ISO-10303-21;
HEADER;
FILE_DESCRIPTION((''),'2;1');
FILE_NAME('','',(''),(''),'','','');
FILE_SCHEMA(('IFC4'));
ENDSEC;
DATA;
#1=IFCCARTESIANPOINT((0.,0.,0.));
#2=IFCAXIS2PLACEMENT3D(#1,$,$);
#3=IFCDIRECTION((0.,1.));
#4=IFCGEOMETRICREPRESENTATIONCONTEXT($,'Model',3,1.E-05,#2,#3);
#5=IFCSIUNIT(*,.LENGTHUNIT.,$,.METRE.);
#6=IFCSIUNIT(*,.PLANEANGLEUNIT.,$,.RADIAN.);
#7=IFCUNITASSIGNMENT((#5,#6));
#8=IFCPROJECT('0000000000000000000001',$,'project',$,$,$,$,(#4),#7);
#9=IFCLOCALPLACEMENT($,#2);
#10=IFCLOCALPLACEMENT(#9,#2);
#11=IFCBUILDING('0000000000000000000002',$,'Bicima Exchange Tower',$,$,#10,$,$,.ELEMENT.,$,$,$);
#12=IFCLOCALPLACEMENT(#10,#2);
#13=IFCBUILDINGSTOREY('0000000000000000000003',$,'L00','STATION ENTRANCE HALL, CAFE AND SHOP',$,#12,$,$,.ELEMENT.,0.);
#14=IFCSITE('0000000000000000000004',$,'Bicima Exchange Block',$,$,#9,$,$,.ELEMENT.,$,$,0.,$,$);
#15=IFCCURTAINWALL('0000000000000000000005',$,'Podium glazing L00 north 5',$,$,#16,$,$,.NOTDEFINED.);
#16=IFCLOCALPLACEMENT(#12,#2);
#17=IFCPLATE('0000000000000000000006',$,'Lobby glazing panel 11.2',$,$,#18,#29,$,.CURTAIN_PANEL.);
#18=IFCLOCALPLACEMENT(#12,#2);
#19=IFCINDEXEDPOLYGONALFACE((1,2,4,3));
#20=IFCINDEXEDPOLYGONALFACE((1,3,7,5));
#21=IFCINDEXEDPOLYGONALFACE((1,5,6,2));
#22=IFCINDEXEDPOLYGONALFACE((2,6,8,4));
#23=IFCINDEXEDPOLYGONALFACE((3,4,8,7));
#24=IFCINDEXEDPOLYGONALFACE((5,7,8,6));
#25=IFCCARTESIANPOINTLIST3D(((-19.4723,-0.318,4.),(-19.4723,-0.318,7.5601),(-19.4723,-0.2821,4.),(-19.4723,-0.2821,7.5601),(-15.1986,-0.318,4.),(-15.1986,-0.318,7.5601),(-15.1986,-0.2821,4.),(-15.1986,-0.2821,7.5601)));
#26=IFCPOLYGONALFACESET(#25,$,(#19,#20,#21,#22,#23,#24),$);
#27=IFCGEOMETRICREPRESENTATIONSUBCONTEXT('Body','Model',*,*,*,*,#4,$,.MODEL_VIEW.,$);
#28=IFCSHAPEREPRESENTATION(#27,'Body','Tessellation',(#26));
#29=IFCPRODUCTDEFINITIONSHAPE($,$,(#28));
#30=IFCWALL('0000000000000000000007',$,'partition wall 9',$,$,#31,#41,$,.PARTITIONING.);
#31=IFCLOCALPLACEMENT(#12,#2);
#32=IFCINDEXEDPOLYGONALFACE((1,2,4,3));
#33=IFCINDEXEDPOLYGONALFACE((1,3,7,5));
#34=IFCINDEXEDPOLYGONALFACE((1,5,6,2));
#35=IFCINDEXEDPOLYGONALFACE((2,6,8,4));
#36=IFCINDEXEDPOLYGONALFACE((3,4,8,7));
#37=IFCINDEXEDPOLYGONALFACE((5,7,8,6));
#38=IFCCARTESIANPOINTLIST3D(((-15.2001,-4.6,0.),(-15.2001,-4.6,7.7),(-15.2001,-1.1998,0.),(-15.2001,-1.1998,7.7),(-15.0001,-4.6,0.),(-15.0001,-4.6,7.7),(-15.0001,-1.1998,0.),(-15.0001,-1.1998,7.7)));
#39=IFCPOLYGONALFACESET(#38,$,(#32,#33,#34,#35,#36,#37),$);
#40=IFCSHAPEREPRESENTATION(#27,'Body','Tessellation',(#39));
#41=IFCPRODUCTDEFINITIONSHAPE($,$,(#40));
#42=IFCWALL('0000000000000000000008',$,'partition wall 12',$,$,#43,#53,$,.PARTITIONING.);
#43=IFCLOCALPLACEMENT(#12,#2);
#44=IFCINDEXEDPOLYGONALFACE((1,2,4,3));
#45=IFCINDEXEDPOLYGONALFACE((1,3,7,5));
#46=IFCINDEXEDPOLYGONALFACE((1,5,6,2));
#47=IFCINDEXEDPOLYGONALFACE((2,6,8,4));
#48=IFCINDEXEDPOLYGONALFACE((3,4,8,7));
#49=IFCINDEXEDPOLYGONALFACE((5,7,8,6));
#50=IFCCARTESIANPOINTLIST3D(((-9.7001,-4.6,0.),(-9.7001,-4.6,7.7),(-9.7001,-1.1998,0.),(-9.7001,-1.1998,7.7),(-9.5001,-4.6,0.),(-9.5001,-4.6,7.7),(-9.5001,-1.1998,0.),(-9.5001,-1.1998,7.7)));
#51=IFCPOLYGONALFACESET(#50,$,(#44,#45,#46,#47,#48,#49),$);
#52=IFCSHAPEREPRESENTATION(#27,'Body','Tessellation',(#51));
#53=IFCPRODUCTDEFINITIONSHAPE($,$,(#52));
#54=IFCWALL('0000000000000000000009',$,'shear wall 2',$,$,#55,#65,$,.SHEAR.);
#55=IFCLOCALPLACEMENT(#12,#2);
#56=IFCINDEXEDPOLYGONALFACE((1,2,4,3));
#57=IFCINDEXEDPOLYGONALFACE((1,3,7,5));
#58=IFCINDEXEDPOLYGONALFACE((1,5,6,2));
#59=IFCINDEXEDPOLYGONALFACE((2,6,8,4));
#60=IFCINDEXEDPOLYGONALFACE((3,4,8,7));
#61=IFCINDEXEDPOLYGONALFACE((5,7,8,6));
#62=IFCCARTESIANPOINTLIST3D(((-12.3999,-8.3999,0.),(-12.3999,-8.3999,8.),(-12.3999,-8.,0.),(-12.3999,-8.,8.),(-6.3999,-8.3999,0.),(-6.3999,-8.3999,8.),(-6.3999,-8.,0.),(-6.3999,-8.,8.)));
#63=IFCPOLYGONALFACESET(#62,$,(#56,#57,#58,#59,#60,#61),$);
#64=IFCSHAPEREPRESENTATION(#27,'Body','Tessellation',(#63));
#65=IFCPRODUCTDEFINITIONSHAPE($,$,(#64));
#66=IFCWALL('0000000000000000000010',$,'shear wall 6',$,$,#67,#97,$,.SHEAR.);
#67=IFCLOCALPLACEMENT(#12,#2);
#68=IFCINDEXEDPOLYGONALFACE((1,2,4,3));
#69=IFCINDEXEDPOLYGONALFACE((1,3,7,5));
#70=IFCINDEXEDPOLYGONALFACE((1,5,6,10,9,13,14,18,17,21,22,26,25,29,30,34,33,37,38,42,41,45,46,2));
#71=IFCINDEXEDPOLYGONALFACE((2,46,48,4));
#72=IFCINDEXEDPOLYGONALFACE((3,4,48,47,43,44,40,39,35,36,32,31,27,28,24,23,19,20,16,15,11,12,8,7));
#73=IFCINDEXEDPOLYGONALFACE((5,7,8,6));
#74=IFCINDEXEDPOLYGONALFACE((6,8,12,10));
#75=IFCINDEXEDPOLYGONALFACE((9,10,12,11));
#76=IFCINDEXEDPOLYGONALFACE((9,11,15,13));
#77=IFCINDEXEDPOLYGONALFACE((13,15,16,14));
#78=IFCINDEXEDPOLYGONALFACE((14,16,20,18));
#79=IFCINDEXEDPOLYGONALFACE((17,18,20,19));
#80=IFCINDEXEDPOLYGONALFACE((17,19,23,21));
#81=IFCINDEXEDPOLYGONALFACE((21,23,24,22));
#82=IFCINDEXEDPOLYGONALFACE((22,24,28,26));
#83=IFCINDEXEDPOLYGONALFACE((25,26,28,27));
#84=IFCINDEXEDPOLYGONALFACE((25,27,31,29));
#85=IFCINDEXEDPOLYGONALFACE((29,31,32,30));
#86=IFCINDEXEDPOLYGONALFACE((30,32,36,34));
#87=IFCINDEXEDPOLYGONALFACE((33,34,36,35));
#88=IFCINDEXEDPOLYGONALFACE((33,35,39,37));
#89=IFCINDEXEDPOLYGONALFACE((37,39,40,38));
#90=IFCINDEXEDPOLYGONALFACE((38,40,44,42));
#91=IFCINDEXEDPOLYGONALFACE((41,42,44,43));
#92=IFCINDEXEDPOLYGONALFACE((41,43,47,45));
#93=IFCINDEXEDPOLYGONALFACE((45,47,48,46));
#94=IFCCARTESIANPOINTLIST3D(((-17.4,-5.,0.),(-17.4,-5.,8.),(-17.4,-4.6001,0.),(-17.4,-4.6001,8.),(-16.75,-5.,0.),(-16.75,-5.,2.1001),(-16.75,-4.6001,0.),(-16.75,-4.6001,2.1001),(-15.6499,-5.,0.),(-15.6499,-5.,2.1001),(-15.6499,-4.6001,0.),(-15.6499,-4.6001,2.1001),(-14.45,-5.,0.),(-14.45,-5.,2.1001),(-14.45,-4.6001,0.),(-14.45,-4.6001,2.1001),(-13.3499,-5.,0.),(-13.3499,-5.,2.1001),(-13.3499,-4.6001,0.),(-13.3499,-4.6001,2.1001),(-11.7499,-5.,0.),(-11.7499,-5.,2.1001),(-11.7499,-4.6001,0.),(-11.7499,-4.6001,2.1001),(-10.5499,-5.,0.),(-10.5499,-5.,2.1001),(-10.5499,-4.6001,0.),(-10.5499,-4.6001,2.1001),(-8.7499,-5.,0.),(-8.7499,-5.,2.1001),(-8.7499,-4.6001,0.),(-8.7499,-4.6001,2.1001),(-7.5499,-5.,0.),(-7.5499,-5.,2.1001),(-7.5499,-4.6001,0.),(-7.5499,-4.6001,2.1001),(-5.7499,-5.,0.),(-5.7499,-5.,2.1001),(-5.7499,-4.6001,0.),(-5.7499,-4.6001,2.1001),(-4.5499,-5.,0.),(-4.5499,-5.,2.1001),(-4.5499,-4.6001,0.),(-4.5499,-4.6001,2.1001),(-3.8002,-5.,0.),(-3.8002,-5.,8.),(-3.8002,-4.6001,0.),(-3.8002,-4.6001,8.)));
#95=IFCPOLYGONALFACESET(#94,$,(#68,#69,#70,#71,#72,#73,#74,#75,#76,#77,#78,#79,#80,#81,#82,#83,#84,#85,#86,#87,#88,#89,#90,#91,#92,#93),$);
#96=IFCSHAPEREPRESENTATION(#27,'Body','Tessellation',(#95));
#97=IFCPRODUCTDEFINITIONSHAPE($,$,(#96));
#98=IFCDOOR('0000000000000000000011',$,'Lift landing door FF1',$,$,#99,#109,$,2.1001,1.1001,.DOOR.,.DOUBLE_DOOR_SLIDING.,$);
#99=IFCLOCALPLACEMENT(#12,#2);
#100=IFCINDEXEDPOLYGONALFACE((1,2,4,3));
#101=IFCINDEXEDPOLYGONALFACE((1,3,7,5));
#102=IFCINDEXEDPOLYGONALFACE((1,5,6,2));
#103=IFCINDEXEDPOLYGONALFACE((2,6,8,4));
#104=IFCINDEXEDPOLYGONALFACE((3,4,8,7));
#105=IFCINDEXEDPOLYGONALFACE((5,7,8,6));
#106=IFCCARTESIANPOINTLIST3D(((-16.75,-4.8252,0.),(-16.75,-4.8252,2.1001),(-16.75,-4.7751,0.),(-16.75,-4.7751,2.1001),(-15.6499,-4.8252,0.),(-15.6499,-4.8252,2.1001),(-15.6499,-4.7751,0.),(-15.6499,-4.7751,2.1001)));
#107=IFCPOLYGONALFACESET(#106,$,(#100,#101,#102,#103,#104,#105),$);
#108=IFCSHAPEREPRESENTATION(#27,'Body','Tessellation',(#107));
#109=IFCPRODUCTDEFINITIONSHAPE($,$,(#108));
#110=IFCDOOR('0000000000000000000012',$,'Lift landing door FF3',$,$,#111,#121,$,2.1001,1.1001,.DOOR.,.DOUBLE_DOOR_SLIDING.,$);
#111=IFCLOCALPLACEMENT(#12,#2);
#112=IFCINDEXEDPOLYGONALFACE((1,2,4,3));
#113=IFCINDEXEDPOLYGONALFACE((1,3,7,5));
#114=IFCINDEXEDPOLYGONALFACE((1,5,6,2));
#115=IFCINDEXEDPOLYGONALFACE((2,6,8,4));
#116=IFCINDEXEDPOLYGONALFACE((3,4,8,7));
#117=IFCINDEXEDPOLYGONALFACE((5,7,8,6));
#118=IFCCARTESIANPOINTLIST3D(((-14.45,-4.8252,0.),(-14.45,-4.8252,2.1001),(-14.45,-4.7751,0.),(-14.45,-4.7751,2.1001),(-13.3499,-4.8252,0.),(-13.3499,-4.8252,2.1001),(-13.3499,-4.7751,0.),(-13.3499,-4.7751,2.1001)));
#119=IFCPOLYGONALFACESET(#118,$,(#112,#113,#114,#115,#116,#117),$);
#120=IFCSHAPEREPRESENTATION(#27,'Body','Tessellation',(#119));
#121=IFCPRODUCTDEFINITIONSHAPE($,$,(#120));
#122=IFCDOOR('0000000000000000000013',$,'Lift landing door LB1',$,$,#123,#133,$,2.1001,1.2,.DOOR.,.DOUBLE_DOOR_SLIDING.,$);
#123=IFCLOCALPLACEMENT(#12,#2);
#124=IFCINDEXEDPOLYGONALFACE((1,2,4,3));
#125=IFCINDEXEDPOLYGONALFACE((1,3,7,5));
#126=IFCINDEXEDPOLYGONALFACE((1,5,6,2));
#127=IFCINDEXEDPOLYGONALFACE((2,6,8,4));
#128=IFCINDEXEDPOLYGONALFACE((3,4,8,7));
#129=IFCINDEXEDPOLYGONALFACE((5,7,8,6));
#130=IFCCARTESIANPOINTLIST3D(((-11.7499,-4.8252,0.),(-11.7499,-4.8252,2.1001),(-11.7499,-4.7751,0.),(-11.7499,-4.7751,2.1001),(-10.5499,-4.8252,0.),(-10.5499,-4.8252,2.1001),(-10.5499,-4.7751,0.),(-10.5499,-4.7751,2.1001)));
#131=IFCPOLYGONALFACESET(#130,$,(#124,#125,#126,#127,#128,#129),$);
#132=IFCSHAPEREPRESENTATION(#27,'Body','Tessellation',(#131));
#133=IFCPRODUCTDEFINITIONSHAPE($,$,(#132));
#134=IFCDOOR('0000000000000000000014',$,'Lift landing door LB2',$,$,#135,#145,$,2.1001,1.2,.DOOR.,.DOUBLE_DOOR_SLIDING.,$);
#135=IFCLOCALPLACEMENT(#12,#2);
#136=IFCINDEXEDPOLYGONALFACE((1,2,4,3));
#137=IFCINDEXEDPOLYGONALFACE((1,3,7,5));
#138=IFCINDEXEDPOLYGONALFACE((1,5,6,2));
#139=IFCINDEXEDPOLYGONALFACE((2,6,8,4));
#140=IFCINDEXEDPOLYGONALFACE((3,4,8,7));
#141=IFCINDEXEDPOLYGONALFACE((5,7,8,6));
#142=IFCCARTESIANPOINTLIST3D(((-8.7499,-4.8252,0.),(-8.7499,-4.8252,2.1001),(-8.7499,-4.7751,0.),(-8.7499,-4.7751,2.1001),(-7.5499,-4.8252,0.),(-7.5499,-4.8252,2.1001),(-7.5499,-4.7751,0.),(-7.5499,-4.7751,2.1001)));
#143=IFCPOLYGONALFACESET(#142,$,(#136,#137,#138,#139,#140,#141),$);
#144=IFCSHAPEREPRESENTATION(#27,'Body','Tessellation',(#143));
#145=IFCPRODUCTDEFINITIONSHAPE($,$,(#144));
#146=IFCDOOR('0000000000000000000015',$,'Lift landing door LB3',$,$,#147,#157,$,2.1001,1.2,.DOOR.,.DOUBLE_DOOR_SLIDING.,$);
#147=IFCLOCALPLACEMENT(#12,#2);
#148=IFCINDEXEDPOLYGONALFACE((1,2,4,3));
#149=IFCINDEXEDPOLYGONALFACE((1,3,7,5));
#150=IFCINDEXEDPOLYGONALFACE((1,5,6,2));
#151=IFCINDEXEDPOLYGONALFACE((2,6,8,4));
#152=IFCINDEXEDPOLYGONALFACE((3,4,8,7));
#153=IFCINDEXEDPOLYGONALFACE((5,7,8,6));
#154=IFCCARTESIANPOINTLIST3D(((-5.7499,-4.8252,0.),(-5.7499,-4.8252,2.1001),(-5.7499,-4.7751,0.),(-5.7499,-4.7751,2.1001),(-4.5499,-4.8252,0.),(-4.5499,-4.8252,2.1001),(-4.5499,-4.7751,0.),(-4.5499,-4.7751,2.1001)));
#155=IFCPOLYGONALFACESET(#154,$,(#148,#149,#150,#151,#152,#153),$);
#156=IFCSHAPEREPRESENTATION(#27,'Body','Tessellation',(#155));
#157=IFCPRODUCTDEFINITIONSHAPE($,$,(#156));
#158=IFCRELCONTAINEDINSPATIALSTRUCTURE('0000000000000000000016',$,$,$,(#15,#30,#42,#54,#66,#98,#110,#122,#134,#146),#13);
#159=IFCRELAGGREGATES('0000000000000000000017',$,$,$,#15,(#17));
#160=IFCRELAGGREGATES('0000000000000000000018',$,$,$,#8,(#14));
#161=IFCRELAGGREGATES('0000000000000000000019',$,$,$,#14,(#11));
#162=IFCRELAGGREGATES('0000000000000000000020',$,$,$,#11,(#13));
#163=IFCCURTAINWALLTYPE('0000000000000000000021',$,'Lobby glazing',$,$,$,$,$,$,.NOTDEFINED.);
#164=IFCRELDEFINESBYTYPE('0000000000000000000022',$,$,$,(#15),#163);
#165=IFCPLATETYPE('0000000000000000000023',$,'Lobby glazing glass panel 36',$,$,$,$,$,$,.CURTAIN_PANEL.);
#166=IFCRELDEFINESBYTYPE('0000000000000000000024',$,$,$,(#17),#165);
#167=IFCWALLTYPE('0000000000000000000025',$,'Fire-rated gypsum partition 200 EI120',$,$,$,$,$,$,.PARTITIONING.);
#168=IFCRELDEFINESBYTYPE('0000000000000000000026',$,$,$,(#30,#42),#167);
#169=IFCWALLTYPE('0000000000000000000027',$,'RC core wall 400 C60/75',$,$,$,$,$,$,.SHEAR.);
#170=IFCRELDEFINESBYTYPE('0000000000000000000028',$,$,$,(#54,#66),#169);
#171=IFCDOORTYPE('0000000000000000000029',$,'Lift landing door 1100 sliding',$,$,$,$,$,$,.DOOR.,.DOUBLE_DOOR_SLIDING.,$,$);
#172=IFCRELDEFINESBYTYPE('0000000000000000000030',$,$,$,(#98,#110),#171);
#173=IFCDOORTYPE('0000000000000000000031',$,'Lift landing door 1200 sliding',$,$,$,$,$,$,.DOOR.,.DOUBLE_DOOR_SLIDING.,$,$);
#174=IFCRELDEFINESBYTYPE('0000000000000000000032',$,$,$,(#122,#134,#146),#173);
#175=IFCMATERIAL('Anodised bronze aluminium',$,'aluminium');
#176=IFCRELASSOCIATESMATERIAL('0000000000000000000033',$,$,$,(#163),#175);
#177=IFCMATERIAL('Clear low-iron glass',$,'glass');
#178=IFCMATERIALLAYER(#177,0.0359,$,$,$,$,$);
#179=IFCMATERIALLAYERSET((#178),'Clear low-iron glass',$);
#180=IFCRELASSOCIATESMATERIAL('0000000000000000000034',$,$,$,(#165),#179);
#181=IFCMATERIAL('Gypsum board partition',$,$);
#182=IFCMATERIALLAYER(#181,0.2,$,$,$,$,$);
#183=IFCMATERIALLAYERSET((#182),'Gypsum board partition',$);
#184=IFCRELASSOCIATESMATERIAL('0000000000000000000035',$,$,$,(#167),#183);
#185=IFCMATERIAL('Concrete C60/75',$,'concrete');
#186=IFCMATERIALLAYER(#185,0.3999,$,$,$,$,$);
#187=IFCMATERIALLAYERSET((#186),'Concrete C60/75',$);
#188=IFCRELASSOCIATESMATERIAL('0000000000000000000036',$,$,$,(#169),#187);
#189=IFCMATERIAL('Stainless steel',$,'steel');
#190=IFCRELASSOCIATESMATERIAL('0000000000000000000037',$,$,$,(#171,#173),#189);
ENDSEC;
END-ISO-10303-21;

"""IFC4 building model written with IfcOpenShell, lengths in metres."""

from ifc_helpers import new_model, si_unit, direction, frame, frame_2d, origin, origin_2d, place, context, subcontext, project, spatial, rectangle, extrude, material, layer, layer_set, type_object, element, fill, aggregate, save


model = new_model("IFC4")

# Units and contexts
model_context = context("Model", 3, precision=1e-05, world=origin(), true_north=direction((0.0, 1.0)))
body_context = subcontext(model_context, "Body", "Model", "MODEL_VIEW")
ifc_project = project(units=[si_unit("LENGTHUNIT", "METRE"), si_unit("PLANEANGLEUNIT", "RADIAN")], contexts=[model_context])

# Site, building, storey
site_placement = place(None, origin())
site = spatial("IfcSite", under=ifc_project, at=site_placement, Name="Bicima Exchange Block", CompositionType="ELEMENT", RefElevation=0.0)
building_placement = place(site_placement, origin())
building = spatial("IfcBuilding", under=site, at=building_placement, Name="Bicima Exchange Tower", CompositionType="ELEMENT")
storey_placement = place(building_placement, origin())
storey = spatial("IfcBuildingStorey", under=building, at=storey_placement, Name="L00", Description="STATION ENTRANCE HALL, CAFE AND SHOP", CompositionType="ELEMENT", Elevation=0.0)

# Shared definitions
ifc_material_1 = material(Name="Concrete C60/75", Category="concrete")

# Curtain wall, plate
ifc_material_2 = material(Name="Anodised bronze aluminium", Category="aluminium")
curtain_wall_type = type_object("IfcCurtainWallType", Name="Lobby glazing", PredefinedType="NOTDEFINED", material=ifc_material_2)
curtain_wall_placement = place(storey_placement, origin())
curtain_wall = element("IfcCurtainWall", 1, at=curtain_wall_placement, inside=storey, type_object=curtain_wall_type, Name="Podium glazing L00 north 5", PredefinedType="NOTDEFINED")
ifc_material_3 = material(Name="Clear low-iron glass", Category="glass")
ifc_layer_1 = layer(ifc_material_3, 0.0359)
ifc_layer_set_1 = layer_set([ifc_layer_1], Name="Clear low-iron glass")
plate_type = type_object("IfcPlateType", Name="Lobby glazing glass panel 36", PredefinedType="CURTAIN_PANEL", material=ifc_layer_set_1)
plate_1_placement = place(storey_placement, frame((-17.3354, -0.3, 4.0), z_axis=(0.0, 0.0, 1.0), x_axis=(-1.0, 0.0, 0.0)))
plate_1 = element("IfcPlate", 2, at=plate_1_placement, type_object=plate_type, Name="Lobby glazing panel 11.2", PredefinedType="CURTAIN_PANEL", context=body_context, shape_type="SweptSolid", body=[
    extrude(rectangle(XDim=4.2737, YDim=0.0359, at=origin_2d()), origin(), (0.0, 0.0, 1.0), 3.5601),
])
aggregate(curtain_wall, [plate_1])

# Walls
ifc_material_4 = material(Name="Gypsum board partition")
ifc_layer_2 = layer(ifc_material_4, 0.2)
ifc_layer_set_2 = layer_set([ifc_layer_2], Name="Gypsum board partition")
wall_type_1 = type_object("IfcWallType", Name="Fire-rated gypsum partition 200 EI120", PredefinedType="PARTITIONING", material=ifc_layer_set_2)
for number, where, z_axis, x_axis, name in (
    (3, (-15.1001, -4.6001, 0.0), (0.0, 0.0, 1.0), (0.0, 1.0, 0.0), "partition wall 9"),
    (4, (-9.6001, -4.6001, 0.0), (0.0, 0.0, 1.0), (0.0, 1.0, 0.0), "partition wall 12"),
):
    element("IfcWall", number, at=place(storey_placement, frame(where, z_axis=z_axis, x_axis=x_axis)), inside=storey, type_object=wall_type_1, Name=name, PredefinedType="PARTITIONING", context=body_context, shape_type="SweptSolid", body=[
        extrude(rectangle(XDim=3.4001, YDim=0.2, at=frame_2d((1.7002, 0.0))), origin(), (0.0, 0.0, 1.0), 7.7),
    ])
ifc_layer_3 = layer(ifc_material_1, 0.3999)
ifc_layer_set_3 = layer_set([ifc_layer_3], Name="Concrete C60/75")
wall_type_2 = type_object("IfcWallType", Name="RC core wall 400 C60/75", PredefinedType="SHEAR", material=ifc_layer_set_3)
wall_1_placement = place(storey_placement, frame((-12.3999, -8.2, 0.0), z_axis=(0.0, 0.0, 1.0), x_axis=(1.0, 0.0, 0.0)))
element("IfcWall", 5, at=wall_1_placement, inside=storey, type_object=wall_type_2, Name="shear wall 2", PredefinedType="SHEAR", context=body_context, shape_type="SweptSolid", body=[
    extrude(rectangle(XDim=6.0, YDim=0.3999, at=frame_2d((3.0, 0.0))), origin(), (0.0, 0.0, 1.0), 8.0),
])

# Wall, openings, doors
wall_2_placement = place(storey_placement, frame((-17.3999, -4.8, 0.0), z_axis=(0.0, 0.0, 1.0), x_axis=(1.0, 0.0, 0.0)))
wall_2 = element("IfcWall", 6, at=wall_2_placement, inside=storey, type_object=wall_type_2, Name="shear wall 6", PredefinedType="SHEAR", context=body_context, shape_type="SweptSolid", body=[
    extrude(rectangle(XDim=13.5999, YDim=0.3999, at=frame_2d((6.7998, 0.0))), origin(), (0.0, 0.0, 1.0), 8.0),
])
opening_1_placement = place(wall_2_placement, frame((0.6499, 0.0, 0.0)))
opening_1 = element("IfcOpeningElement", 7, at=opening_1_placement, cuts=wall_2, PredefinedType="OPENING", context=body_context, shape_type="SweptSolid", body=[
    extrude(rectangle(XDim=1.1001, YDim=2.1001, at=frame_2d((0.55, 1.05))), frame((0.0, 0.2119, 0.0), z_axis=(0.0, -1.0, 0.0), x_axis=(1.0, 0.0, 0.0)), (0.0, 0.0, 1.0), 0.4238),
])
opening_2_placement = place(wall_2_placement, frame((2.95, 0.0, 0.0)))
opening_2 = element("IfcOpeningElement", 8, at=opening_2_placement, cuts=wall_2, PredefinedType="OPENING", context=body_context, shape_type="SweptSolid", body=[
    extrude(rectangle(XDim=1.1001, YDim=2.1001, at=frame_2d((0.55, 1.05))), frame((0.0, 0.2119, 0.0), z_axis=(0.0, -1.0, 0.0), x_axis=(1.0, 0.0, 0.0)), (0.0, 0.0, 1.0), 0.4238),
])
opening_3_placement = place(wall_2_placement, frame((5.6499, 0.0, 0.0)))
opening_3 = element("IfcOpeningElement", 9, at=opening_3_placement, cuts=wall_2, PredefinedType="OPENING", context=body_context, shape_type="SweptSolid", body=[
    extrude(rectangle(XDim=1.2, YDim=2.1001, at=frame_2d((0.6001, 1.05))), frame((0.0, 0.2119, 0.0), z_axis=(0.0, -1.0, 0.0), x_axis=(1.0, 0.0, 0.0)), (0.0, 0.0, 1.0), 0.4238),
])
opening_4_placement = place(wall_2_placement, frame((8.6499, 0.0, 0.0)))
opening_4 = element("IfcOpeningElement", 10, at=opening_4_placement, cuts=wall_2, PredefinedType="OPENING", context=body_context, shape_type="SweptSolid", body=[
    extrude(rectangle(XDim=1.2, YDim=2.1001, at=frame_2d((0.6001, 1.05))), frame((0.0, 0.2119, 0.0), z_axis=(0.0, -1.0, 0.0), x_axis=(1.0, 0.0, 0.0)), (0.0, 0.0, 1.0), 0.4238),
])
opening_5_placement = place(wall_2_placement, frame((11.6499, 0.0, 0.0)))
opening_5 = element("IfcOpeningElement", 11, at=opening_5_placement, cuts=wall_2, PredefinedType="OPENING", context=body_context, shape_type="SweptSolid", body=[
    extrude(rectangle(XDim=1.2, YDim=2.1001, at=frame_2d((0.6001, 1.05))), frame((0.0, 0.2119, 0.0), z_axis=(0.0, -1.0, 0.0), x_axis=(1.0, 0.0, 0.0)), (0.0, 0.0, 1.0), 0.4238),
])
ifc_material_5 = material(Name="Stainless steel", Category="steel")
door_type_1 = type_object("IfcDoorType", Name="Lift landing door 1100 sliding", OperationType="DOUBLE_DOOR_SLIDING", PredefinedType="DOOR", material=ifc_material_5)
door_1_placement = place(opening_1_placement, origin())
door_1 = element("IfcDoor", 12, at=door_1_placement, inside=storey, type_object=door_type_1, Name="Lift landing door FF1", OperationType="DOUBLE_DOOR_SLIDING", OverallHeight=2.1001, OverallWidth=1.1001, PredefinedType="DOOR", context=body_context, shape_type="SweptSolid", body=[
    extrude(rectangle(XDim=1.1001, YDim=2.1001, at=frame_2d((0.55, 1.05))), frame((0.0, 0.0249, 0.0), z_axis=(0.0, -1.0, 0.0), x_axis=(1.0, 0.0, 0.0)), (0.0, 0.0, 1.0), 0.05),
])
fill(opening_1, door_1)
door_2_placement = place(opening_2_placement, origin())
door_2 = element("IfcDoor", 13, at=door_2_placement, inside=storey, type_object=door_type_1, Name="Lift landing door FF3", OperationType="DOUBLE_DOOR_SLIDING", OverallHeight=2.1001, OverallWidth=1.1001, PredefinedType="DOOR", context=body_context, shape_type="SweptSolid", body=[
    extrude(rectangle(XDim=1.1001, YDim=2.1001, at=frame_2d((0.55, 1.05))), frame((0.0, 0.0249, 0.0), z_axis=(0.0, -1.0, 0.0), x_axis=(1.0, 0.0, 0.0)), (0.0, 0.0, 1.0), 0.05),
])
fill(opening_2, door_2)
door_type_2 = type_object("IfcDoorType", Name="Lift landing door 1200 sliding", OperationType="DOUBLE_DOOR_SLIDING", PredefinedType="DOOR", material=ifc_material_5)
door_3_placement = place(opening_3_placement, origin())
door_3 = element("IfcDoor", 14, at=door_3_placement, inside=storey, type_object=door_type_2, Name="Lift landing door LB1", OperationType="DOUBLE_DOOR_SLIDING", OverallHeight=2.1001, OverallWidth=1.2, PredefinedType="DOOR", context=body_context, shape_type="SweptSolid", body=[
    extrude(rectangle(XDim=1.2, YDim=2.1001, at=frame_2d((0.6001, 1.05))), frame((0.0, 0.0249, 0.0), z_axis=(0.0, -1.0, 0.0), x_axis=(1.0, 0.0, 0.0)), (0.0, 0.0, 1.0), 0.05),
])
fill(opening_3, door_3)
door_4_placement = place(opening_4_placement, origin())
door_4 = element("IfcDoor", 15, at=door_4_placement, inside=storey, type_object=door_type_2, Name="Lift landing door LB2", OperationType="DOUBLE_DOOR_SLIDING", OverallHeight=2.1001, OverallWidth=1.2, PredefinedType="DOOR", context=body_context, shape_type="SweptSolid", body=[
    extrude(rectangle(XDim=1.2, YDim=2.1001, at=frame_2d((0.6001, 1.05))), frame((0.0, 0.0249, 0.0), z_axis=(0.0, -1.0, 0.0), x_axis=(1.0, 0.0, 0.0)), (0.0, 0.0, 1.0), 0.05),
])
fill(opening_4, door_4)
door_5_placement = place(opening_5_placement, origin())
door_5 = element("IfcDoor", 16, at=door_5_placement, inside=storey, type_object=door_type_2, Name="Lift landing door LB3", OperationType="DOUBLE_DOOR_SLIDING", OverallHeight=2.1001, OverallWidth=1.2, PredefinedType="DOOR", context=body_context, shape_type="SweptSolid", body=[
    extrude(rectangle(XDim=1.2, YDim=2.1001, at=frame_2d((0.6001, 1.05))), frame((0.0, 0.0249, 0.0), z_axis=(0.0, -1.0, 0.0), x_axis=(1.0, 0.0, 0.0)), (0.0, 0.0, 1.0), 0.05),
])
fill(opening_5, door_5)

save(model, "model.ifc")
